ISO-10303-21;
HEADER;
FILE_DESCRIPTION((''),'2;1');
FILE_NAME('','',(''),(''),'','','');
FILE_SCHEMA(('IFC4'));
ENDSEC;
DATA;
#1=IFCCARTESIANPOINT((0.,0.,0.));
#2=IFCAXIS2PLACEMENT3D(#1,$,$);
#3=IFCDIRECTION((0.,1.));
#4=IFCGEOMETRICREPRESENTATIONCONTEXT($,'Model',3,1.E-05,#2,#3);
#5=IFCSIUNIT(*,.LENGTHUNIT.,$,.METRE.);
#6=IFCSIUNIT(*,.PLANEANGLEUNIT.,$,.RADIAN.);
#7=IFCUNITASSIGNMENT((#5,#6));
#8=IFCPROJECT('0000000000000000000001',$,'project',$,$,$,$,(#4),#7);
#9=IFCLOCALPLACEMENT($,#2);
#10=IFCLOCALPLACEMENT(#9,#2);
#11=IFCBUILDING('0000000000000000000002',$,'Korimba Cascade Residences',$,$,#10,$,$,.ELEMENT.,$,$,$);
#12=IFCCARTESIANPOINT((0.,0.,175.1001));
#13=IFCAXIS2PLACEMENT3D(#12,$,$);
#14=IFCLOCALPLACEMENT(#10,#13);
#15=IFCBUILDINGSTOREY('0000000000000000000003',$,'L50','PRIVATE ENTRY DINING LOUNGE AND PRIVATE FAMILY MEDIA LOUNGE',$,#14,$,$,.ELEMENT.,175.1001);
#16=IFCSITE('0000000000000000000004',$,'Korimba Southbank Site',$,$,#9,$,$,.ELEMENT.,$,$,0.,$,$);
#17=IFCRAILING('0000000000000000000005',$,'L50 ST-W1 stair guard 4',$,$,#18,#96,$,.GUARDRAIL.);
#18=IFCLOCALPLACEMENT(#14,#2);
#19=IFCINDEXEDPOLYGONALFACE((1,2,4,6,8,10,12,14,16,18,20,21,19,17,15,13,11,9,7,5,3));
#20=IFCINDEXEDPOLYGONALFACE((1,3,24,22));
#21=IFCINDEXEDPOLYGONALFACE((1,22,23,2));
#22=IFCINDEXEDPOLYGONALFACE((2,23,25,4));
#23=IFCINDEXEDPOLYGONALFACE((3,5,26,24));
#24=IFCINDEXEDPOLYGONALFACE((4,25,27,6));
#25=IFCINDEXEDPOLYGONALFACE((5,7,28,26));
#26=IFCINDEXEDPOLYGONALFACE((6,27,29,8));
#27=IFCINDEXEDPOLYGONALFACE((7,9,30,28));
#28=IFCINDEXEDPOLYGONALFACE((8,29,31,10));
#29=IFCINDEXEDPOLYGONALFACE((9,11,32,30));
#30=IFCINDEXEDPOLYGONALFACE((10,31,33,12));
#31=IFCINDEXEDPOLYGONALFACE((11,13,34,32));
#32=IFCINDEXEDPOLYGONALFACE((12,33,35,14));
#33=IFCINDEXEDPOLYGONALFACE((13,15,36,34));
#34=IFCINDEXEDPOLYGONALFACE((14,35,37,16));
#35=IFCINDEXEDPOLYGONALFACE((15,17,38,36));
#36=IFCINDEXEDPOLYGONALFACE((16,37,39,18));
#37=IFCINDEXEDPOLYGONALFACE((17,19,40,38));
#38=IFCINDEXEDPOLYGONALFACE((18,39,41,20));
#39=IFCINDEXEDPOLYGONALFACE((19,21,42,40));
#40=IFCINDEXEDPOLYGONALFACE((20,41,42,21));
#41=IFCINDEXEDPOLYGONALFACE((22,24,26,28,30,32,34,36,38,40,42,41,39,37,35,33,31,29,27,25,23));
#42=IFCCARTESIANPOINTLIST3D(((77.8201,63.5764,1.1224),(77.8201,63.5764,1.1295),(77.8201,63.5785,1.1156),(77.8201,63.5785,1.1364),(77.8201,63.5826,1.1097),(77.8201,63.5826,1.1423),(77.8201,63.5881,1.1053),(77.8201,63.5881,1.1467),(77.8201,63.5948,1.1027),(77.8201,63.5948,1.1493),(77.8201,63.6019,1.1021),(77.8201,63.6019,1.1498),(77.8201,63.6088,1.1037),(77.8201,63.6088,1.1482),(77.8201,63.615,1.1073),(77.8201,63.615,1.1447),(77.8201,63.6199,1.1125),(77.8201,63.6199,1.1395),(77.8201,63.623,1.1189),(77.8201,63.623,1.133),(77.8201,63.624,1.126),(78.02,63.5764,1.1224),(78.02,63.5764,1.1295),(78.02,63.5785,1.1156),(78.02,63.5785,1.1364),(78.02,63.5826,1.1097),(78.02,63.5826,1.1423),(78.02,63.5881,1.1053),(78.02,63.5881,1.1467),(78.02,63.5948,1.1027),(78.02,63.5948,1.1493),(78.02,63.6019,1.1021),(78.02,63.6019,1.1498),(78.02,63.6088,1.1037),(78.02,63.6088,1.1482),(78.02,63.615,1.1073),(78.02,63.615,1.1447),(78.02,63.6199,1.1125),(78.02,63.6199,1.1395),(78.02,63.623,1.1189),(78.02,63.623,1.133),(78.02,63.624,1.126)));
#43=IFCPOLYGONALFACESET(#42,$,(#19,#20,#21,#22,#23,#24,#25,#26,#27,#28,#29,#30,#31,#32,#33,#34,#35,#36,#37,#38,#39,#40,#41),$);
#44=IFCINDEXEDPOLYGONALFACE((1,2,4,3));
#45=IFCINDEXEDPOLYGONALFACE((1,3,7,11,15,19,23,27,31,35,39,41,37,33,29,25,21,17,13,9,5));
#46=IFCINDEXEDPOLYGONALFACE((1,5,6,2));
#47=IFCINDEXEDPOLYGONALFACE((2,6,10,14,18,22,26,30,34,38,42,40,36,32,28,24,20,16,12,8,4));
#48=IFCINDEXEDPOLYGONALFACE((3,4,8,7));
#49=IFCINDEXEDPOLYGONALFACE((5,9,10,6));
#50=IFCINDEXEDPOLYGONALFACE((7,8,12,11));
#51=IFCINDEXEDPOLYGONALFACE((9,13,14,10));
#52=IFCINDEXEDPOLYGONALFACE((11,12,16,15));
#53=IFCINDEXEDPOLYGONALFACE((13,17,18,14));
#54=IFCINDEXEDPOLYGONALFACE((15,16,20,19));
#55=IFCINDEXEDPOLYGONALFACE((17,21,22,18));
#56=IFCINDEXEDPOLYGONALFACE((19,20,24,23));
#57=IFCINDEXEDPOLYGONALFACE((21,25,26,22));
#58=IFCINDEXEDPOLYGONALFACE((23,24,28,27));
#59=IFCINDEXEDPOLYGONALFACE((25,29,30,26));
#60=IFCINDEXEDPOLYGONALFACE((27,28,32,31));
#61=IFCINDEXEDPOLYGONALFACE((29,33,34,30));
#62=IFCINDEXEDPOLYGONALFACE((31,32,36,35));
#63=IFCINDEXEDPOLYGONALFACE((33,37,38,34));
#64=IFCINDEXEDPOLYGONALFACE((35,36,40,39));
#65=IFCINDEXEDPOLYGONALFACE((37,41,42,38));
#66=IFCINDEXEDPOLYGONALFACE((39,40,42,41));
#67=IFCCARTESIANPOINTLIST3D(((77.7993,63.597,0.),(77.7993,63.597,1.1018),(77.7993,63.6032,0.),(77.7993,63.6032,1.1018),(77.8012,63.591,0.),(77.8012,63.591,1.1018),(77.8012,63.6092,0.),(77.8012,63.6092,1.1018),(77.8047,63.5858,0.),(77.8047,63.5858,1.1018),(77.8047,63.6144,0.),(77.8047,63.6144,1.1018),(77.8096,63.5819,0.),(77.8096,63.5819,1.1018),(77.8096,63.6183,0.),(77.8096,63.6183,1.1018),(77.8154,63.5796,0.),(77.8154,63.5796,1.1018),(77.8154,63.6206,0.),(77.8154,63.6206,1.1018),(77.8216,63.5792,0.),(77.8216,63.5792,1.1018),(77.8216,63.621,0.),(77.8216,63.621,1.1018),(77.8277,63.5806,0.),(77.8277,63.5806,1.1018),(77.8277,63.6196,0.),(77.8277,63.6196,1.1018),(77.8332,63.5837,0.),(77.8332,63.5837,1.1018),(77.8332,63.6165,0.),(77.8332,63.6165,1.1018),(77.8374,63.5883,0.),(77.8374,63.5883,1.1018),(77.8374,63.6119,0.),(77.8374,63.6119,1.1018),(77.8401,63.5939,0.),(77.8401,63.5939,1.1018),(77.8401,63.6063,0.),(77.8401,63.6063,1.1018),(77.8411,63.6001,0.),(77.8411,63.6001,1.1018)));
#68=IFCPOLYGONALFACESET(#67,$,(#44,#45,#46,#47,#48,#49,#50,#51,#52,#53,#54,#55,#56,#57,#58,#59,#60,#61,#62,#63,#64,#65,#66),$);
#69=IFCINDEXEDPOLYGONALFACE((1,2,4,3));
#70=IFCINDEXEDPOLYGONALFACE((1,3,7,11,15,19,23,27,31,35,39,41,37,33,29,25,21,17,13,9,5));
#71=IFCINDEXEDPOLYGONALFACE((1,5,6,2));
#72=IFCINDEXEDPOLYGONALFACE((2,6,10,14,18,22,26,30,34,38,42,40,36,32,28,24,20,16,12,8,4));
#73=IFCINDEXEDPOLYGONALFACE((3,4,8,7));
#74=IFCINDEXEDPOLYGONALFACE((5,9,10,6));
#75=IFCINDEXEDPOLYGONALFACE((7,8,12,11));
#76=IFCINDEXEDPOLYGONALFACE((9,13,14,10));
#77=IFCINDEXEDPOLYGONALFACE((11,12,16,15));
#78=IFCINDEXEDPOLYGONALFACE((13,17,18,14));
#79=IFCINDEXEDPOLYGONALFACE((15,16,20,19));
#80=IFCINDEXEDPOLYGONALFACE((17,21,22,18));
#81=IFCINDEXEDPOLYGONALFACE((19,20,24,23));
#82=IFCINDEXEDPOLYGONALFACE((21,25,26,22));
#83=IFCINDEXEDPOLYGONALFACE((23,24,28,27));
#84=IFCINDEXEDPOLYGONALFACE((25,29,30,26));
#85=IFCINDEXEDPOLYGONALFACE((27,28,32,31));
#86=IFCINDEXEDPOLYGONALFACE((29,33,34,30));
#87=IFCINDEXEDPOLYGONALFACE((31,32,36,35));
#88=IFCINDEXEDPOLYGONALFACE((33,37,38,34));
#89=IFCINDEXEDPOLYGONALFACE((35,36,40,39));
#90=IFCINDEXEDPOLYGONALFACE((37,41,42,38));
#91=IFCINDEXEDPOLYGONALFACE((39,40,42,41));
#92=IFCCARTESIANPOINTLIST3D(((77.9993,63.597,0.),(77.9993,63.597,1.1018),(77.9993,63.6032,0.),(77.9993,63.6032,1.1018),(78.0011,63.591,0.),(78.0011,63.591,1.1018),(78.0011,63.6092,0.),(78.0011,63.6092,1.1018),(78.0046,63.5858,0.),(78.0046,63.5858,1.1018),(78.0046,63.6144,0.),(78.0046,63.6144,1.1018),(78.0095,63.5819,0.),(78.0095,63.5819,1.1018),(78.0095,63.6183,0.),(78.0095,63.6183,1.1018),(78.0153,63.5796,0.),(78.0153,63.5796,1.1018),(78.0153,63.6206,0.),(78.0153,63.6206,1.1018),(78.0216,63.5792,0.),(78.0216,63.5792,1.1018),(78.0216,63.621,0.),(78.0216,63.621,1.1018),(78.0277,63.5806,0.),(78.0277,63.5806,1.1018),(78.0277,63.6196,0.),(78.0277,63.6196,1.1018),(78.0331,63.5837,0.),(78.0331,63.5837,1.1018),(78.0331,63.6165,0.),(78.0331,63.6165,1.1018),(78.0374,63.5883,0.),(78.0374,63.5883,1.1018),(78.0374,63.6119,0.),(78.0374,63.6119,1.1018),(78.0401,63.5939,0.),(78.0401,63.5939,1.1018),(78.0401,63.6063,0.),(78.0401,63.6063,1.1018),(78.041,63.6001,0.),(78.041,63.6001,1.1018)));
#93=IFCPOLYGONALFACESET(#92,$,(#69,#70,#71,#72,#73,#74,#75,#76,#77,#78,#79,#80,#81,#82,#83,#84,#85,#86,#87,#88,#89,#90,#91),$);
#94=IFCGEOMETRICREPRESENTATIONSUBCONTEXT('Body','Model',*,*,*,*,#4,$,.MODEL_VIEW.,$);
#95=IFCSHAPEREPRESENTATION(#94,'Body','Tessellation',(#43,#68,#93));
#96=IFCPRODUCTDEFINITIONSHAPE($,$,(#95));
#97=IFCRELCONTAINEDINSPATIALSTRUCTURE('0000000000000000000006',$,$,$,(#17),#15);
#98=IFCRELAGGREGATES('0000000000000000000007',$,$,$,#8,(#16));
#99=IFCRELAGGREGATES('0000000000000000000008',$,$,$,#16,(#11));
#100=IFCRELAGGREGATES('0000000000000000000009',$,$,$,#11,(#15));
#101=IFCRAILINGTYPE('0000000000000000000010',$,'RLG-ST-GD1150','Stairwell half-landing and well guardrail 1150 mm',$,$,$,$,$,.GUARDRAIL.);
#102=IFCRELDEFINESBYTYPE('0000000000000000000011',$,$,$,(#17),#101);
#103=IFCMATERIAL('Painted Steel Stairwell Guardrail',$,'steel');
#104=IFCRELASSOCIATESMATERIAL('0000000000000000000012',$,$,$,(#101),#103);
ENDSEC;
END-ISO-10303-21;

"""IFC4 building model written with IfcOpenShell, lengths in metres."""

from ifc_helpers import new_model, si_unit, direction, frame, origin, origin_2d, place, context, subcontext, project, spatial, circle, extrude, material, type_object, element, save


model = new_model("IFC4")

# Units and contexts
model_context = context("Model", 3, precision=1e-05, world=origin(), true_north=direction((0.0, 1.0)))
body_context = subcontext(model_context, "Body", "Model", "MODEL_VIEW")
ifc_project = project(units=[si_unit("LENGTHUNIT", "METRE"), si_unit("PLANEANGLEUNIT", "RADIAN")], contexts=[model_context])

# Site, building, storey
site_placement = place(None, origin())
site = spatial("IfcSite", under=ifc_project, at=site_placement, Name="Korimba Southbank Site", CompositionType="ELEMENT", RefElevation=0.0)
building_placement = place(site_placement, origin())
building = spatial("IfcBuilding", under=site, at=building_placement, Name="Korimba Cascade Residences", CompositionType="ELEMENT")
storey_placement = place(building_placement, frame((0.0, 0.0, 175.1001)))
storey = spatial("IfcBuildingStorey", under=building, at=storey_placement, Name="L50", Description="PRIVATE ENTRY DINING LOUNGE AND PRIVATE FAMILY MEDIA LOUNGE", CompositionType="ELEMENT", Elevation=175.1001)

# Railing
ifc_material_1 = material(Name="Painted Steel Stairwell Guardrail", Category="steel")
railing_type_1 = type_object("IfcRailingType", Name="RLG-ST-GD1150", Description="Stairwell half-landing and well guardrail 1150 mm", PredefinedType="GUARDRAIL", material=ifc_material_1)
railing_1_placement = place(storey_placement, frame((77.8201, 63.6001, 0.0)))
element("IfcRailing", 1, at=railing_1_placement, inside=storey, type_object=railing_type_1, Name="L50 ST-W1 stair guard 4", PredefinedType="GUARDRAIL", context=body_context, shape_type="SweptSolid", body=[
    extrude(circle(Radius=0.0239, at=origin_2d()), frame((0.0, 0.0, 1.126), z_axis=(1.0, 0.0, 0.0), x_axis=(0.0, 1.0, 0.0)), (0.0, 0.0, 1.0), 0.2),
    extrude(circle(Radius=0.021, at=origin_2d()), origin(), (0.0, 0.0, 1.0), 1.1018),
    extrude(circle(Radius=0.021, at=origin_2d()), frame((0.2, 0.0, 0.0)), (0.0, 0.0, 1.0), 1.1018),
])

save(model, "model.ifc")
